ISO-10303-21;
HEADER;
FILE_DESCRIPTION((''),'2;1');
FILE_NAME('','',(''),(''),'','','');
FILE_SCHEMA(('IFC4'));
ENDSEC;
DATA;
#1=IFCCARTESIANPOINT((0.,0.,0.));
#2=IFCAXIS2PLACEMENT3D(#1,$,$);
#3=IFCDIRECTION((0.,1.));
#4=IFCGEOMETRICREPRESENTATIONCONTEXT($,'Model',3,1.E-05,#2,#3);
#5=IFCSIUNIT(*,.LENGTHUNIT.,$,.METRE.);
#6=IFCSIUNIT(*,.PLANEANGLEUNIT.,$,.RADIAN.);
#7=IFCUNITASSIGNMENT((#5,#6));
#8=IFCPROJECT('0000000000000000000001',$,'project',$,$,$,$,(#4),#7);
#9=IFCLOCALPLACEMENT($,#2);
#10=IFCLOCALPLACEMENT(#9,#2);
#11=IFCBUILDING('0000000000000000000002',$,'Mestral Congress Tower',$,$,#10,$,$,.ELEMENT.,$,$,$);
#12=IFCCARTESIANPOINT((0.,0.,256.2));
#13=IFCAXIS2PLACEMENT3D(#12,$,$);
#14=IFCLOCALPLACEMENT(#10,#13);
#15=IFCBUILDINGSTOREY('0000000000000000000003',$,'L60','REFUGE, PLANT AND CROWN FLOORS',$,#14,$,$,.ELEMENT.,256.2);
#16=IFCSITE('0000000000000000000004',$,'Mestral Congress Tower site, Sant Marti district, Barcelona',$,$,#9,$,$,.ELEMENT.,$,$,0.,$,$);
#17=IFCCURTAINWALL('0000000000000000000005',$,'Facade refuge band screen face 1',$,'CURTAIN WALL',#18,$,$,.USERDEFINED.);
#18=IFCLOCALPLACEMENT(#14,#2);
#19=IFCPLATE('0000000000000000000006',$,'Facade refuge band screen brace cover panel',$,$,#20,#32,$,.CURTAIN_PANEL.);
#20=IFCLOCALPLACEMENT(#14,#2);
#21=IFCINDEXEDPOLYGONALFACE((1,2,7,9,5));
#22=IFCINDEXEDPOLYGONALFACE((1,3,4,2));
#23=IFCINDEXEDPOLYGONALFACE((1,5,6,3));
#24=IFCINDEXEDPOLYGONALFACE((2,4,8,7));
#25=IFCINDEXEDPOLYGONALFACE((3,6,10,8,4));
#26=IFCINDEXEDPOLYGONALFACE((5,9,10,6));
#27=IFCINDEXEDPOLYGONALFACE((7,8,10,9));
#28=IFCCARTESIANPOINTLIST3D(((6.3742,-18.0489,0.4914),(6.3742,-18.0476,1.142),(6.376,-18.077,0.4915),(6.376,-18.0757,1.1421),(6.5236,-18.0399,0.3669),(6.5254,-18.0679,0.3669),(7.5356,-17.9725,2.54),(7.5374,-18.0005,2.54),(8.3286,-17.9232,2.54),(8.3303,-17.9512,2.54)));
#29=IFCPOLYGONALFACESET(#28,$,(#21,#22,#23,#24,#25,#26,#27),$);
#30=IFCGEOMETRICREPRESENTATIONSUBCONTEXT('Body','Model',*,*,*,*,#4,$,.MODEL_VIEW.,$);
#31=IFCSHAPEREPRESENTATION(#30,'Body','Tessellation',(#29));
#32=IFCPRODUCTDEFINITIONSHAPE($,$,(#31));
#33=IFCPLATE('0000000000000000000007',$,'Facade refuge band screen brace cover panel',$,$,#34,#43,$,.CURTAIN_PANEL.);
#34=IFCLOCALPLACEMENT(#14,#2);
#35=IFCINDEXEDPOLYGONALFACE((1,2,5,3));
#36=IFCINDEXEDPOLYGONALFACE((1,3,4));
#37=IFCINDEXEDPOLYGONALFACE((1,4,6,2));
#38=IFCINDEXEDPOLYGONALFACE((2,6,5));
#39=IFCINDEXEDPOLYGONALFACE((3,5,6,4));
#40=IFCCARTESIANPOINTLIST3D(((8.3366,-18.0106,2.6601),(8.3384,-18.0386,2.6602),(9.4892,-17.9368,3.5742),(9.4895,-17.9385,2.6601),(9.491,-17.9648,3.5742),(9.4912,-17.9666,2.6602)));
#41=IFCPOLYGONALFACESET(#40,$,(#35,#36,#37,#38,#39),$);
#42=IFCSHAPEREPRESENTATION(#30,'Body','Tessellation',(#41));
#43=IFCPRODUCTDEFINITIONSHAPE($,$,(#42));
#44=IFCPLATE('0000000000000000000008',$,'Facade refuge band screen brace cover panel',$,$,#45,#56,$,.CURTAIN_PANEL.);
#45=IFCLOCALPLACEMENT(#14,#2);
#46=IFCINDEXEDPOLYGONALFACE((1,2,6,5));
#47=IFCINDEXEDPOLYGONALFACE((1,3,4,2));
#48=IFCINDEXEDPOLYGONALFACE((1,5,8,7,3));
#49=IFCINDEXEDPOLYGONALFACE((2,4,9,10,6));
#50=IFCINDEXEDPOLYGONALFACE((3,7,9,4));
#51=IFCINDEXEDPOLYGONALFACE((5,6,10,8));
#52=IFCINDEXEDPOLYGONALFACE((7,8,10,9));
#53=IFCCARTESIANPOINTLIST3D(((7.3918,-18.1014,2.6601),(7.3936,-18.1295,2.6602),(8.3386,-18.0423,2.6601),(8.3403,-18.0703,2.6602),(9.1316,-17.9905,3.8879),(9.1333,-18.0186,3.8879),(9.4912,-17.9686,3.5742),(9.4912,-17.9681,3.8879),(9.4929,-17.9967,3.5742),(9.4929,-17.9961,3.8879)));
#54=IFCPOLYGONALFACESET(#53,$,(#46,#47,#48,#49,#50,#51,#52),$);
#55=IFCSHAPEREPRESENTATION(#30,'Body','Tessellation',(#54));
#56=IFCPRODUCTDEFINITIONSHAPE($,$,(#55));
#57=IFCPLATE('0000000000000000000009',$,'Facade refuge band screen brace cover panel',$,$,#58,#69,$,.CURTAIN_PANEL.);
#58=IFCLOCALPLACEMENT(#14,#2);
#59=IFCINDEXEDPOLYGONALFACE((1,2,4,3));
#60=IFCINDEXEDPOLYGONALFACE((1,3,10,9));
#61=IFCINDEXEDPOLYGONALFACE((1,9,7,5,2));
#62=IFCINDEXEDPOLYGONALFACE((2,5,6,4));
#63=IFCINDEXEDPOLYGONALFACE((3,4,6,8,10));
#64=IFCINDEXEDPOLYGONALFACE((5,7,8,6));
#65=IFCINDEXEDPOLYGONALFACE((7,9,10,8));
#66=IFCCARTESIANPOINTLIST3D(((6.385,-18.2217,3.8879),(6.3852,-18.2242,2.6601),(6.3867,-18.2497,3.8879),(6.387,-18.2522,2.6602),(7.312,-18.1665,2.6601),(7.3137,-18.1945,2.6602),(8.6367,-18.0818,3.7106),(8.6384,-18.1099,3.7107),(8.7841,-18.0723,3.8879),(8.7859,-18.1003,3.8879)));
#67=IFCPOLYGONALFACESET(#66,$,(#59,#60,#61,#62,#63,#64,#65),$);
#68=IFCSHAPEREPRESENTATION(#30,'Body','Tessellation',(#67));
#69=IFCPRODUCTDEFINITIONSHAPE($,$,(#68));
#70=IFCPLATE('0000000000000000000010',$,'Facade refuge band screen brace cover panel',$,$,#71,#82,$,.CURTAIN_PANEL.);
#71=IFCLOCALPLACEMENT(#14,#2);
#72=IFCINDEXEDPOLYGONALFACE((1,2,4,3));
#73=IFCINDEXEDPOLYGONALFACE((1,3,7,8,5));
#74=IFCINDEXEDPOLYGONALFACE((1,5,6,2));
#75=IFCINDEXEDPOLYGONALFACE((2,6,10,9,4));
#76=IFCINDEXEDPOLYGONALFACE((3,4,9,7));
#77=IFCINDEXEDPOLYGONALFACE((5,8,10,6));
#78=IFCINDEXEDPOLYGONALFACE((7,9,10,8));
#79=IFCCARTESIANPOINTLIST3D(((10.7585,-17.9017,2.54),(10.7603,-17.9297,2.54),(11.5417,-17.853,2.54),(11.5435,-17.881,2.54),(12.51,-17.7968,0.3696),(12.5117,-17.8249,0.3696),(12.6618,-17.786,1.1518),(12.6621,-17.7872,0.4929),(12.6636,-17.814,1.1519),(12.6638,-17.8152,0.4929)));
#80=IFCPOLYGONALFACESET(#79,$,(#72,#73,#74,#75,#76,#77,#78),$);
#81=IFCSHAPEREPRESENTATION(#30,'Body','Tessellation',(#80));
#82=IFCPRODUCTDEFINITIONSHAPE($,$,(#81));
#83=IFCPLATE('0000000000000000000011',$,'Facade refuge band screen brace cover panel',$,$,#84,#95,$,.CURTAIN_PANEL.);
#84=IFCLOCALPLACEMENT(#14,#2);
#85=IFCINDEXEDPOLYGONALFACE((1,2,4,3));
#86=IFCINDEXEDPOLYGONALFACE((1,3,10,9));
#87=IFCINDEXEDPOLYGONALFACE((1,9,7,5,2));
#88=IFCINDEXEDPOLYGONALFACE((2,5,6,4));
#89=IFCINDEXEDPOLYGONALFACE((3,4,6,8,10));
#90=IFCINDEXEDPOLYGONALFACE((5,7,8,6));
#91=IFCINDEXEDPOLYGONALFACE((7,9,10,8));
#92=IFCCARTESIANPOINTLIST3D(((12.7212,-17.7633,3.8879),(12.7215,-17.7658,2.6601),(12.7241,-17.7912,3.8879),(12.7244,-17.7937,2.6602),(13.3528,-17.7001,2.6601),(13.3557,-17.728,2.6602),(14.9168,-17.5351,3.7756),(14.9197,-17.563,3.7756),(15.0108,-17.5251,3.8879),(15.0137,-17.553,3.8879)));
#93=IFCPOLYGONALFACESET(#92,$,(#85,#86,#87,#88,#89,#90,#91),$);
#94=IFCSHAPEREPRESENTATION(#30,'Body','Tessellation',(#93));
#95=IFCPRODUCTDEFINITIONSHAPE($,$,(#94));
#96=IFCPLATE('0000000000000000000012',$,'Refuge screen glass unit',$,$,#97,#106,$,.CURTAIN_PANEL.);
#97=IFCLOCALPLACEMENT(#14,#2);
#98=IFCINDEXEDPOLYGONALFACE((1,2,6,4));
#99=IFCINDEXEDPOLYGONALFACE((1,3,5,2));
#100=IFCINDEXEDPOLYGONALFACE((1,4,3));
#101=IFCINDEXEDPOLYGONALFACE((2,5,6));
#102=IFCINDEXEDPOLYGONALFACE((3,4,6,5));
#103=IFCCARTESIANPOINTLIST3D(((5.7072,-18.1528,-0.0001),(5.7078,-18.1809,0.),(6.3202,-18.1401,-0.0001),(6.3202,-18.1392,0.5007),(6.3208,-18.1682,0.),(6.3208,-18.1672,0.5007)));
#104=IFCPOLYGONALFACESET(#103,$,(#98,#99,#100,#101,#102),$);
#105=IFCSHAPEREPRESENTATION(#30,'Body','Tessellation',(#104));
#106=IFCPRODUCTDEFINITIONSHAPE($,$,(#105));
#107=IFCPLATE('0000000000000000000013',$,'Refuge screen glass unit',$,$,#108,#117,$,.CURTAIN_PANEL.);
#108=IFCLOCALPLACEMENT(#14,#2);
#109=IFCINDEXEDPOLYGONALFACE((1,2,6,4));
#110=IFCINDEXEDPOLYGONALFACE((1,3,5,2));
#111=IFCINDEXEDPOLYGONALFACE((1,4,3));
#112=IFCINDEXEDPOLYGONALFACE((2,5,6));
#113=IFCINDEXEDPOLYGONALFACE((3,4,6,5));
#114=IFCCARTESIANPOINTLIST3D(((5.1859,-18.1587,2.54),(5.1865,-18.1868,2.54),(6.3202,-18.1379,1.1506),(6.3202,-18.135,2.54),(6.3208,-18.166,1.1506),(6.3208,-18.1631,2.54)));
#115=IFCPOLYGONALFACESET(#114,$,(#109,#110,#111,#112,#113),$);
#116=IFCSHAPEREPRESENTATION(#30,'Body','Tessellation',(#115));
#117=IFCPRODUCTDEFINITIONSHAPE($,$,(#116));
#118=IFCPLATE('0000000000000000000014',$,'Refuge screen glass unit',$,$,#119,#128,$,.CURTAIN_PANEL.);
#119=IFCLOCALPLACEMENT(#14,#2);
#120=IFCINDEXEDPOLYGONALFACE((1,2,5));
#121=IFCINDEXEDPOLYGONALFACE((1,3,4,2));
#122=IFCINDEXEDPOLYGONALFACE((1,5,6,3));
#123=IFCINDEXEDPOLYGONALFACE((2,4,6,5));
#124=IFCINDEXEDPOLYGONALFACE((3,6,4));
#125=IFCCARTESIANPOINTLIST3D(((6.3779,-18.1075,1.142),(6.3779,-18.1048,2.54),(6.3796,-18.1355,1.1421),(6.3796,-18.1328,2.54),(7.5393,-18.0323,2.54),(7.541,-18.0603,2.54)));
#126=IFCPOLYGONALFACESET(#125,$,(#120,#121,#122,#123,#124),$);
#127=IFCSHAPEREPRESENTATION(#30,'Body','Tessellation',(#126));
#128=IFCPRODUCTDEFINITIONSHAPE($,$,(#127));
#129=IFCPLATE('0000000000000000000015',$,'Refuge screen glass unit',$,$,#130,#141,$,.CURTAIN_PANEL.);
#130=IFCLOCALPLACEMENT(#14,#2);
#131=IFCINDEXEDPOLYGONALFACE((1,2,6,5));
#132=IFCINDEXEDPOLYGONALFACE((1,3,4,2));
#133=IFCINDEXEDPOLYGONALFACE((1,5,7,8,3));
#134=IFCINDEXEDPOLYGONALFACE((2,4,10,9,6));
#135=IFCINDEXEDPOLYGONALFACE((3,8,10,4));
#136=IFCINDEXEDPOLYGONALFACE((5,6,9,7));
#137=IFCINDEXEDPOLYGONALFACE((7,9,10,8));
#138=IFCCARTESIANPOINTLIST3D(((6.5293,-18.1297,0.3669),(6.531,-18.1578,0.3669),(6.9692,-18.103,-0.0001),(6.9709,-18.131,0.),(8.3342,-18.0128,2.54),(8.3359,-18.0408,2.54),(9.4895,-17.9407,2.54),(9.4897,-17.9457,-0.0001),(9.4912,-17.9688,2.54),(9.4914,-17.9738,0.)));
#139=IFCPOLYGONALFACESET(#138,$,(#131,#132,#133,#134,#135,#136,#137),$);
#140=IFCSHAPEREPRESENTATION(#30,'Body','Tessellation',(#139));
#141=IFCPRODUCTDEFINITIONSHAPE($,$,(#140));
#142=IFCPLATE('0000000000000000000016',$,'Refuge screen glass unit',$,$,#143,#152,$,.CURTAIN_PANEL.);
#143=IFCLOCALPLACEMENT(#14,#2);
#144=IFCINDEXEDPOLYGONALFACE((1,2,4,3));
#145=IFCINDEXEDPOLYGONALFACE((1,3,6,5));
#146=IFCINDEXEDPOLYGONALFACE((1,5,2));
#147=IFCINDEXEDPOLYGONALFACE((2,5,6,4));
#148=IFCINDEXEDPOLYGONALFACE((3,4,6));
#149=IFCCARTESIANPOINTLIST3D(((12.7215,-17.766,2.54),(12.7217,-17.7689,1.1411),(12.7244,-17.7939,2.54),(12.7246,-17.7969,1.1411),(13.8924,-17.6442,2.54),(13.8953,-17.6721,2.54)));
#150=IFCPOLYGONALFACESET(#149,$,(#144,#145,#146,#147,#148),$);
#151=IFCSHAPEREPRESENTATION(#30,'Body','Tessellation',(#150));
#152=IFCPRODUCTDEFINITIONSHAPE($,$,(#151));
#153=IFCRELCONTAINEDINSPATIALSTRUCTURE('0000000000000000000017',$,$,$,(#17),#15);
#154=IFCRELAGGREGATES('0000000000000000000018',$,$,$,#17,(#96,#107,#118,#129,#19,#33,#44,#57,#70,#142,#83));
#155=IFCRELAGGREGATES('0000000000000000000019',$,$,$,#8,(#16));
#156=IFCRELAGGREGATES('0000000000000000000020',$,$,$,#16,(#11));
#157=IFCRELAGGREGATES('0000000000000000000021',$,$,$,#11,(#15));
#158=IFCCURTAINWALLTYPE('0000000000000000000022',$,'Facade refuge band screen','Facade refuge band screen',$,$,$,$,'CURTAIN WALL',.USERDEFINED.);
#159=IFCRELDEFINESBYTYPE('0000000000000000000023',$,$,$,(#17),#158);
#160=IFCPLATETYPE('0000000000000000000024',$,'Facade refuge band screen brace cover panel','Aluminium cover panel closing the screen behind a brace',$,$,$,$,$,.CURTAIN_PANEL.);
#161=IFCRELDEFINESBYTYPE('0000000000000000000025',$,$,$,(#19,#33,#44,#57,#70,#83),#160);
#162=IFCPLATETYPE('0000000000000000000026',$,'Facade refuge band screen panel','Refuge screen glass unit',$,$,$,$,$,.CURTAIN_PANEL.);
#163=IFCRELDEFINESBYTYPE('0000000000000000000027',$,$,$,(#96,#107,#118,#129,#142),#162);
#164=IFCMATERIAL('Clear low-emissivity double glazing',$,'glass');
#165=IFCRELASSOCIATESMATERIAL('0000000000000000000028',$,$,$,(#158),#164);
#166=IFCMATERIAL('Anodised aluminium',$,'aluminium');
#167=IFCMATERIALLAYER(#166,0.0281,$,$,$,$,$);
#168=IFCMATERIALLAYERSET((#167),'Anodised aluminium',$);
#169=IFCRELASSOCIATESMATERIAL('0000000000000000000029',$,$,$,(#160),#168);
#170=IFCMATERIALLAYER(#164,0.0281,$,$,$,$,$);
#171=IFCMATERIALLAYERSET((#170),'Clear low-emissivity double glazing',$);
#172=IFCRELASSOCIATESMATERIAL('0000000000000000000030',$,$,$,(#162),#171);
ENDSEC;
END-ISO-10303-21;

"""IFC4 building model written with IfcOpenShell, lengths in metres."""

from ifc_helpers import new_model, si_unit, direction, frame, origin, place, context, subcontext, project, spatial, polyline, outline, extrude, material, layer, layer_set, type_object, element, aggregate, save


model = new_model("IFC4")

# Units and contexts
model_context = context("Model", 3, precision=1e-05, world=origin(), true_north=direction((0.0, 1.0)))
body_context = subcontext(model_context, "Body", "Model", "MODEL_VIEW")
ifc_project = project(units=[si_unit("LENGTHUNIT", "METRE"), si_unit("PLANEANGLEUNIT", "RADIAN")], contexts=[model_context])

# Site, building, storey
site_placement = place(None, origin())
site = spatial("IfcSite", under=ifc_project, at=site_placement, Name="Mestral Congress Tower site, Sant Marti district, Barcelona", CompositionType="ELEMENT", RefElevation=0.0)
building_placement = place(site_placement, origin())
building = spatial("IfcBuilding", under=site, at=building_placement, Name="Mestral Congress Tower", CompositionType="ELEMENT")
storey_placement = place(building_placement, frame((0.0, 0.0, 256.2)))
storey = spatial("IfcBuildingStorey", under=building, at=storey_placement, Name="L60", Description="REFUGE, PLANT AND CROWN FLOORS", CompositionType="ELEMENT", Elevation=256.2)

# Curtain wall
ifc_material_1 = material(Name="Clear low-emissivity double glazing", Category="glass")
curtain_wall_type = type_object("IfcCurtainWallType", Name="Facade refuge band screen", Description="Facade refuge band screen", ElementType="CURTAIN WALL", PredefinedType="USERDEFINED", material=ifc_material_1)
curtain_wall_placement = place(storey_placement, origin())
curtain_wall = element("IfcCurtainWall", 1, at=curtain_wall_placement, inside=storey, type_object=curtain_wall_type, Name="Facade refuge band screen face 1", ObjectType="CURTAIN WALL", PredefinedType="USERDEFINED")
ifc_material_2 = material(Name="Anodised aluminium", Category="aluminium")

# Plates
ifc_layer_1 = layer(ifc_material_2, 0.0281)
ifc_layer_set_1 = layer_set([ifc_layer_1], Name="Anodised aluminium")
plate_type_1 = type_object("IfcPlateType", Name="Facade refuge band screen brace cover panel", Description="Aluminium cover panel closing the screen behind a brace", PredefinedType="CURTAIN_PANEL", material=ifc_layer_set_1)
plate_1_placement = place(storey_placement, frame((8.3303, -17.9512, 2.54), z_axis=(0.062145, -0.998065, 0.002), x_axis=(-0.638389, -0.04129, -0.768606)))
plate_1 = element("IfcPlate", 2, at=plate_1_placement, type_object=plate_type_1, Name="Facade refuge band screen brace cover panel", PredefinedType="CURTAIN_PANEL", context=body_context, shape_type="SweptSolid", body=[
    extrude(outline(polyline([(0.0, 0.0), (2.8273, 0.0), (2.8274, -0.1947), (2.3272, -0.6109), (0.5083, -0.6107), (0.0, 0.0)])), origin(), (0.0, 0.0, -1.0), 0.0281),
])
plate_2_placement = place(storey_placement, frame((9.4912, -17.9666, 2.6602), z_axis=(0.062352, -0.998052, 0.001883), x_axis=(-0.998054, -0.062352, 0.0)))
plate_2 = element("IfcPlate", 3, at=plate_2_placement, type_object=plate_type_1, Name="Facade refuge band screen brace cover panel", PredefinedType="CURTAIN_PANEL", context=body_context, shape_type="SweptSolid", body=[
    extrude(outline(polyline([(0.0, 0.0), (1.1551, 0.0), (0.0001, -0.9141), (0.0, 0.0)])), origin(), (0.0, 0.0, -1.0), 0.0281),
])
plate_3_placement = place(storey_placement, frame((9.4929, -17.9961, 3.8879), z_axis=(0.062355, -0.998052, 0.001786), x_axis=(0.000015, -0.001789, -0.999998)))
plate_3 = element("IfcPlate", 4, at=plate_3_placement, type_object=plate_type_1, Name="Facade refuge band screen brace cover panel", PredefinedType="CURTAIN_PANEL", context=body_context, shape_type="SweptSolid", body=[
    extrude(outline(polyline([(0.0, 0.0), (0.3137, 0.0), (1.2279, -1.1549), (1.228, -2.1035), (0.0, -0.3603), (0.0, 0.0)])), origin(), (0.0, 0.0, -1.0), 0.0281),
])
plate_4_placement = place(storey_placement, frame((8.6384, -18.1099, 3.7107), z_axis=(0.062137, -0.998066, 0.002044), x_axis=(-0.782546, -0.04999, -0.620583)))
plate_4 = element("IfcPlate", 5, at=plate_4_placement, type_object=plate_type_1, Name="Facade refuge band screen brace cover panel", PredefinedType="CURTAIN_PANEL", context=body_context, shape_type="SweptSolid", body=[
    extrude(outline(polyline([(0.0, 0.0), (1.6928, 0.0), (2.4209, -0.5762), (1.6591, -1.5391), (-0.2259, -0.0473), (0.0, 0.0)])), origin(), (0.0, 0.0, -1.0), 0.0281),
])
plate_5_placement = place(storey_placement, frame((12.6638, -17.8152, 0.4929), z_axis=(0.062053, -0.998071, 0.001854), x_axis=(-0.775899, -0.049408, -0.628919)))
plate_5 = element("IfcPlate", 6, at=plate_5_placement, type_object=plate_type_1, Name="Facade refuge band screen brace cover panel", PredefinedType="CURTAIN_PANEL", context=body_context, shape_type="SweptSolid", body=[
    extrude(outline(polyline([(0.0, 0.0), (0.196, 0.0), (0.1952, -2.7909), (-0.4149, -2.2974), (-0.4143, -0.5124), (0.0, 0.0)])), origin(), (0.0, 0.0, -1.0), 0.0281),
])
plate_6_placement = place(storey_placement, frame((12.7244, -17.7937, 2.6602), z_axis=(0.103504, -0.994627, 0.002019), x_axis=(-0.000201, 0.002009, 0.999998)))
plate_6 = element("IfcPlate", 7, at=plate_6_placement, type_object=plate_type_1, Name="Facade refuge band screen brace cover panel", PredefinedType="CURTAIN_PANEL", context=body_context, shape_type="SweptSolid", body=[
    extrude(outline(polyline([(0.0, 0.0), (1.2278, 0.0), (1.2278, -2.3019), (1.1155, -2.2074), (0.0, -0.6348), (0.0, 0.0)])), origin(), (0.0, 0.0, -1.0), 0.0281),
])
ifc_layer_2 = layer(ifc_material_1, 0.0281)
ifc_layer_set_2 = layer_set([ifc_layer_2], Name="Clear low-emissivity double glazing")
plate_type_2 = type_object("IfcPlateType", Name="Facade refuge band screen panel", Description="Refuge screen glass unit", PredefinedType="CURTAIN_PANEL", material=ifc_layer_set_2)
plate_7_placement = place(storey_placement, frame((6.3208, -18.1682, 0.0), z_axis=(0.020704, -0.999784, 0.00195), x_axis=(-0.999786, -0.020704, 0.0)))
plate_7 = element("IfcPlate", 8, at=plate_7_placement, type_object=plate_type_2, Name="Refuge screen glass unit", PredefinedType="CURTAIN_PANEL", context=body_context, shape_type="SweptSolid", body=[
    extrude(outline(polyline([(0.0, 0.0), (0.6132, 0.0), (0.0, -0.5007), (0.0, 0.0)])), origin(), (0.0, 0.0, -1.0), 0.0281),
])
plate_8_placement = place(storey_placement, frame((6.3208, -18.1631, 2.54), z_axis=(0.020874, -0.99978, 0.002108), x_axis=(0.0, -0.002109, -0.999998)))
plate_8 = element("IfcPlate", 9, at=plate_8_placement, type_object=plate_type_2, Name="Refuge screen glass unit", PredefinedType="CURTAIN_PANEL", context=body_context, shape_type="SweptSolid", body=[
    extrude(outline(polyline([(0.0, 0.0), (1.3894, 0.0), (0.0, -1.1345), (0.0, 0.0)])), origin(), (0.0, 0.0, -1.0), 0.0281),
])
plate_9_placement = place(storey_placement, frame((6.3796, -18.1328, 2.54), z_axis=(0.062313, -0.998055, 0.001917), x_axis=(0.998057, 0.062313, 0.0)))
plate_9 = element("IfcPlate", 10, at=plate_9_placement, type_object=plate_type_2, Name="Refuge screen glass unit", PredefinedType="CURTAIN_PANEL", context=body_context, shape_type="SweptSolid", body=[
    extrude(outline(polyline([(0.0, 0.0), (1.1636, 0.0), (-0.0002, -1.398), (0.0, 0.0)])), origin(), (0.0, 0.0, -1.0), 0.0281),
])
plate_10_placement = place(storey_placement, frame((9.4912, -17.9688, 2.54), z_axis=(0.062277, -0.998057, 0.001977), x_axis=(0.000093, -0.001975, -0.999998)))
plate_10 = element("IfcPlate", 11, at=plate_10_placement, type_object=plate_type_2, Name="Refuge screen glass unit", PredefinedType="CURTAIN_PANEL", context=body_context, shape_type="SweptSolid", body=[
    extrude(outline(polyline([(0.0, 0.0), (2.54, 0.0), (2.5401, -2.5254), (2.1732, -2.9662), (0.0, -1.1575), (0.0, 0.0)])), origin(), (0.0, 0.0, -1.0), 0.0281),
])
plate_11_placement = place(storey_placement, frame((12.7244, -17.7939, 2.54), z_axis=(0.103486, -0.994629, 0.002101), x_axis=(0.994631, 0.103486, 0.0)))
plate_11 = element("IfcPlate", 12, at=plate_11_placement, type_object=plate_type_2, Name="Refuge screen glass unit", PredefinedType="CURTAIN_PANEL", context=body_context, shape_type="SweptSolid", body=[
    extrude(outline(polyline([(0.0, 0.0), (1.1772, 0.0), (-0.0001, -1.3989), (0.0, 0.0)])), origin(), (0.0, 0.0, -1.0), 0.0281),
])
aggregate(curtain_wall, [plate_7, plate_8, plate_9, plate_10, plate_1, plate_2, plate_3, plate_4, plate_5, plate_11, plate_6])

save(model, "model.ifc")
